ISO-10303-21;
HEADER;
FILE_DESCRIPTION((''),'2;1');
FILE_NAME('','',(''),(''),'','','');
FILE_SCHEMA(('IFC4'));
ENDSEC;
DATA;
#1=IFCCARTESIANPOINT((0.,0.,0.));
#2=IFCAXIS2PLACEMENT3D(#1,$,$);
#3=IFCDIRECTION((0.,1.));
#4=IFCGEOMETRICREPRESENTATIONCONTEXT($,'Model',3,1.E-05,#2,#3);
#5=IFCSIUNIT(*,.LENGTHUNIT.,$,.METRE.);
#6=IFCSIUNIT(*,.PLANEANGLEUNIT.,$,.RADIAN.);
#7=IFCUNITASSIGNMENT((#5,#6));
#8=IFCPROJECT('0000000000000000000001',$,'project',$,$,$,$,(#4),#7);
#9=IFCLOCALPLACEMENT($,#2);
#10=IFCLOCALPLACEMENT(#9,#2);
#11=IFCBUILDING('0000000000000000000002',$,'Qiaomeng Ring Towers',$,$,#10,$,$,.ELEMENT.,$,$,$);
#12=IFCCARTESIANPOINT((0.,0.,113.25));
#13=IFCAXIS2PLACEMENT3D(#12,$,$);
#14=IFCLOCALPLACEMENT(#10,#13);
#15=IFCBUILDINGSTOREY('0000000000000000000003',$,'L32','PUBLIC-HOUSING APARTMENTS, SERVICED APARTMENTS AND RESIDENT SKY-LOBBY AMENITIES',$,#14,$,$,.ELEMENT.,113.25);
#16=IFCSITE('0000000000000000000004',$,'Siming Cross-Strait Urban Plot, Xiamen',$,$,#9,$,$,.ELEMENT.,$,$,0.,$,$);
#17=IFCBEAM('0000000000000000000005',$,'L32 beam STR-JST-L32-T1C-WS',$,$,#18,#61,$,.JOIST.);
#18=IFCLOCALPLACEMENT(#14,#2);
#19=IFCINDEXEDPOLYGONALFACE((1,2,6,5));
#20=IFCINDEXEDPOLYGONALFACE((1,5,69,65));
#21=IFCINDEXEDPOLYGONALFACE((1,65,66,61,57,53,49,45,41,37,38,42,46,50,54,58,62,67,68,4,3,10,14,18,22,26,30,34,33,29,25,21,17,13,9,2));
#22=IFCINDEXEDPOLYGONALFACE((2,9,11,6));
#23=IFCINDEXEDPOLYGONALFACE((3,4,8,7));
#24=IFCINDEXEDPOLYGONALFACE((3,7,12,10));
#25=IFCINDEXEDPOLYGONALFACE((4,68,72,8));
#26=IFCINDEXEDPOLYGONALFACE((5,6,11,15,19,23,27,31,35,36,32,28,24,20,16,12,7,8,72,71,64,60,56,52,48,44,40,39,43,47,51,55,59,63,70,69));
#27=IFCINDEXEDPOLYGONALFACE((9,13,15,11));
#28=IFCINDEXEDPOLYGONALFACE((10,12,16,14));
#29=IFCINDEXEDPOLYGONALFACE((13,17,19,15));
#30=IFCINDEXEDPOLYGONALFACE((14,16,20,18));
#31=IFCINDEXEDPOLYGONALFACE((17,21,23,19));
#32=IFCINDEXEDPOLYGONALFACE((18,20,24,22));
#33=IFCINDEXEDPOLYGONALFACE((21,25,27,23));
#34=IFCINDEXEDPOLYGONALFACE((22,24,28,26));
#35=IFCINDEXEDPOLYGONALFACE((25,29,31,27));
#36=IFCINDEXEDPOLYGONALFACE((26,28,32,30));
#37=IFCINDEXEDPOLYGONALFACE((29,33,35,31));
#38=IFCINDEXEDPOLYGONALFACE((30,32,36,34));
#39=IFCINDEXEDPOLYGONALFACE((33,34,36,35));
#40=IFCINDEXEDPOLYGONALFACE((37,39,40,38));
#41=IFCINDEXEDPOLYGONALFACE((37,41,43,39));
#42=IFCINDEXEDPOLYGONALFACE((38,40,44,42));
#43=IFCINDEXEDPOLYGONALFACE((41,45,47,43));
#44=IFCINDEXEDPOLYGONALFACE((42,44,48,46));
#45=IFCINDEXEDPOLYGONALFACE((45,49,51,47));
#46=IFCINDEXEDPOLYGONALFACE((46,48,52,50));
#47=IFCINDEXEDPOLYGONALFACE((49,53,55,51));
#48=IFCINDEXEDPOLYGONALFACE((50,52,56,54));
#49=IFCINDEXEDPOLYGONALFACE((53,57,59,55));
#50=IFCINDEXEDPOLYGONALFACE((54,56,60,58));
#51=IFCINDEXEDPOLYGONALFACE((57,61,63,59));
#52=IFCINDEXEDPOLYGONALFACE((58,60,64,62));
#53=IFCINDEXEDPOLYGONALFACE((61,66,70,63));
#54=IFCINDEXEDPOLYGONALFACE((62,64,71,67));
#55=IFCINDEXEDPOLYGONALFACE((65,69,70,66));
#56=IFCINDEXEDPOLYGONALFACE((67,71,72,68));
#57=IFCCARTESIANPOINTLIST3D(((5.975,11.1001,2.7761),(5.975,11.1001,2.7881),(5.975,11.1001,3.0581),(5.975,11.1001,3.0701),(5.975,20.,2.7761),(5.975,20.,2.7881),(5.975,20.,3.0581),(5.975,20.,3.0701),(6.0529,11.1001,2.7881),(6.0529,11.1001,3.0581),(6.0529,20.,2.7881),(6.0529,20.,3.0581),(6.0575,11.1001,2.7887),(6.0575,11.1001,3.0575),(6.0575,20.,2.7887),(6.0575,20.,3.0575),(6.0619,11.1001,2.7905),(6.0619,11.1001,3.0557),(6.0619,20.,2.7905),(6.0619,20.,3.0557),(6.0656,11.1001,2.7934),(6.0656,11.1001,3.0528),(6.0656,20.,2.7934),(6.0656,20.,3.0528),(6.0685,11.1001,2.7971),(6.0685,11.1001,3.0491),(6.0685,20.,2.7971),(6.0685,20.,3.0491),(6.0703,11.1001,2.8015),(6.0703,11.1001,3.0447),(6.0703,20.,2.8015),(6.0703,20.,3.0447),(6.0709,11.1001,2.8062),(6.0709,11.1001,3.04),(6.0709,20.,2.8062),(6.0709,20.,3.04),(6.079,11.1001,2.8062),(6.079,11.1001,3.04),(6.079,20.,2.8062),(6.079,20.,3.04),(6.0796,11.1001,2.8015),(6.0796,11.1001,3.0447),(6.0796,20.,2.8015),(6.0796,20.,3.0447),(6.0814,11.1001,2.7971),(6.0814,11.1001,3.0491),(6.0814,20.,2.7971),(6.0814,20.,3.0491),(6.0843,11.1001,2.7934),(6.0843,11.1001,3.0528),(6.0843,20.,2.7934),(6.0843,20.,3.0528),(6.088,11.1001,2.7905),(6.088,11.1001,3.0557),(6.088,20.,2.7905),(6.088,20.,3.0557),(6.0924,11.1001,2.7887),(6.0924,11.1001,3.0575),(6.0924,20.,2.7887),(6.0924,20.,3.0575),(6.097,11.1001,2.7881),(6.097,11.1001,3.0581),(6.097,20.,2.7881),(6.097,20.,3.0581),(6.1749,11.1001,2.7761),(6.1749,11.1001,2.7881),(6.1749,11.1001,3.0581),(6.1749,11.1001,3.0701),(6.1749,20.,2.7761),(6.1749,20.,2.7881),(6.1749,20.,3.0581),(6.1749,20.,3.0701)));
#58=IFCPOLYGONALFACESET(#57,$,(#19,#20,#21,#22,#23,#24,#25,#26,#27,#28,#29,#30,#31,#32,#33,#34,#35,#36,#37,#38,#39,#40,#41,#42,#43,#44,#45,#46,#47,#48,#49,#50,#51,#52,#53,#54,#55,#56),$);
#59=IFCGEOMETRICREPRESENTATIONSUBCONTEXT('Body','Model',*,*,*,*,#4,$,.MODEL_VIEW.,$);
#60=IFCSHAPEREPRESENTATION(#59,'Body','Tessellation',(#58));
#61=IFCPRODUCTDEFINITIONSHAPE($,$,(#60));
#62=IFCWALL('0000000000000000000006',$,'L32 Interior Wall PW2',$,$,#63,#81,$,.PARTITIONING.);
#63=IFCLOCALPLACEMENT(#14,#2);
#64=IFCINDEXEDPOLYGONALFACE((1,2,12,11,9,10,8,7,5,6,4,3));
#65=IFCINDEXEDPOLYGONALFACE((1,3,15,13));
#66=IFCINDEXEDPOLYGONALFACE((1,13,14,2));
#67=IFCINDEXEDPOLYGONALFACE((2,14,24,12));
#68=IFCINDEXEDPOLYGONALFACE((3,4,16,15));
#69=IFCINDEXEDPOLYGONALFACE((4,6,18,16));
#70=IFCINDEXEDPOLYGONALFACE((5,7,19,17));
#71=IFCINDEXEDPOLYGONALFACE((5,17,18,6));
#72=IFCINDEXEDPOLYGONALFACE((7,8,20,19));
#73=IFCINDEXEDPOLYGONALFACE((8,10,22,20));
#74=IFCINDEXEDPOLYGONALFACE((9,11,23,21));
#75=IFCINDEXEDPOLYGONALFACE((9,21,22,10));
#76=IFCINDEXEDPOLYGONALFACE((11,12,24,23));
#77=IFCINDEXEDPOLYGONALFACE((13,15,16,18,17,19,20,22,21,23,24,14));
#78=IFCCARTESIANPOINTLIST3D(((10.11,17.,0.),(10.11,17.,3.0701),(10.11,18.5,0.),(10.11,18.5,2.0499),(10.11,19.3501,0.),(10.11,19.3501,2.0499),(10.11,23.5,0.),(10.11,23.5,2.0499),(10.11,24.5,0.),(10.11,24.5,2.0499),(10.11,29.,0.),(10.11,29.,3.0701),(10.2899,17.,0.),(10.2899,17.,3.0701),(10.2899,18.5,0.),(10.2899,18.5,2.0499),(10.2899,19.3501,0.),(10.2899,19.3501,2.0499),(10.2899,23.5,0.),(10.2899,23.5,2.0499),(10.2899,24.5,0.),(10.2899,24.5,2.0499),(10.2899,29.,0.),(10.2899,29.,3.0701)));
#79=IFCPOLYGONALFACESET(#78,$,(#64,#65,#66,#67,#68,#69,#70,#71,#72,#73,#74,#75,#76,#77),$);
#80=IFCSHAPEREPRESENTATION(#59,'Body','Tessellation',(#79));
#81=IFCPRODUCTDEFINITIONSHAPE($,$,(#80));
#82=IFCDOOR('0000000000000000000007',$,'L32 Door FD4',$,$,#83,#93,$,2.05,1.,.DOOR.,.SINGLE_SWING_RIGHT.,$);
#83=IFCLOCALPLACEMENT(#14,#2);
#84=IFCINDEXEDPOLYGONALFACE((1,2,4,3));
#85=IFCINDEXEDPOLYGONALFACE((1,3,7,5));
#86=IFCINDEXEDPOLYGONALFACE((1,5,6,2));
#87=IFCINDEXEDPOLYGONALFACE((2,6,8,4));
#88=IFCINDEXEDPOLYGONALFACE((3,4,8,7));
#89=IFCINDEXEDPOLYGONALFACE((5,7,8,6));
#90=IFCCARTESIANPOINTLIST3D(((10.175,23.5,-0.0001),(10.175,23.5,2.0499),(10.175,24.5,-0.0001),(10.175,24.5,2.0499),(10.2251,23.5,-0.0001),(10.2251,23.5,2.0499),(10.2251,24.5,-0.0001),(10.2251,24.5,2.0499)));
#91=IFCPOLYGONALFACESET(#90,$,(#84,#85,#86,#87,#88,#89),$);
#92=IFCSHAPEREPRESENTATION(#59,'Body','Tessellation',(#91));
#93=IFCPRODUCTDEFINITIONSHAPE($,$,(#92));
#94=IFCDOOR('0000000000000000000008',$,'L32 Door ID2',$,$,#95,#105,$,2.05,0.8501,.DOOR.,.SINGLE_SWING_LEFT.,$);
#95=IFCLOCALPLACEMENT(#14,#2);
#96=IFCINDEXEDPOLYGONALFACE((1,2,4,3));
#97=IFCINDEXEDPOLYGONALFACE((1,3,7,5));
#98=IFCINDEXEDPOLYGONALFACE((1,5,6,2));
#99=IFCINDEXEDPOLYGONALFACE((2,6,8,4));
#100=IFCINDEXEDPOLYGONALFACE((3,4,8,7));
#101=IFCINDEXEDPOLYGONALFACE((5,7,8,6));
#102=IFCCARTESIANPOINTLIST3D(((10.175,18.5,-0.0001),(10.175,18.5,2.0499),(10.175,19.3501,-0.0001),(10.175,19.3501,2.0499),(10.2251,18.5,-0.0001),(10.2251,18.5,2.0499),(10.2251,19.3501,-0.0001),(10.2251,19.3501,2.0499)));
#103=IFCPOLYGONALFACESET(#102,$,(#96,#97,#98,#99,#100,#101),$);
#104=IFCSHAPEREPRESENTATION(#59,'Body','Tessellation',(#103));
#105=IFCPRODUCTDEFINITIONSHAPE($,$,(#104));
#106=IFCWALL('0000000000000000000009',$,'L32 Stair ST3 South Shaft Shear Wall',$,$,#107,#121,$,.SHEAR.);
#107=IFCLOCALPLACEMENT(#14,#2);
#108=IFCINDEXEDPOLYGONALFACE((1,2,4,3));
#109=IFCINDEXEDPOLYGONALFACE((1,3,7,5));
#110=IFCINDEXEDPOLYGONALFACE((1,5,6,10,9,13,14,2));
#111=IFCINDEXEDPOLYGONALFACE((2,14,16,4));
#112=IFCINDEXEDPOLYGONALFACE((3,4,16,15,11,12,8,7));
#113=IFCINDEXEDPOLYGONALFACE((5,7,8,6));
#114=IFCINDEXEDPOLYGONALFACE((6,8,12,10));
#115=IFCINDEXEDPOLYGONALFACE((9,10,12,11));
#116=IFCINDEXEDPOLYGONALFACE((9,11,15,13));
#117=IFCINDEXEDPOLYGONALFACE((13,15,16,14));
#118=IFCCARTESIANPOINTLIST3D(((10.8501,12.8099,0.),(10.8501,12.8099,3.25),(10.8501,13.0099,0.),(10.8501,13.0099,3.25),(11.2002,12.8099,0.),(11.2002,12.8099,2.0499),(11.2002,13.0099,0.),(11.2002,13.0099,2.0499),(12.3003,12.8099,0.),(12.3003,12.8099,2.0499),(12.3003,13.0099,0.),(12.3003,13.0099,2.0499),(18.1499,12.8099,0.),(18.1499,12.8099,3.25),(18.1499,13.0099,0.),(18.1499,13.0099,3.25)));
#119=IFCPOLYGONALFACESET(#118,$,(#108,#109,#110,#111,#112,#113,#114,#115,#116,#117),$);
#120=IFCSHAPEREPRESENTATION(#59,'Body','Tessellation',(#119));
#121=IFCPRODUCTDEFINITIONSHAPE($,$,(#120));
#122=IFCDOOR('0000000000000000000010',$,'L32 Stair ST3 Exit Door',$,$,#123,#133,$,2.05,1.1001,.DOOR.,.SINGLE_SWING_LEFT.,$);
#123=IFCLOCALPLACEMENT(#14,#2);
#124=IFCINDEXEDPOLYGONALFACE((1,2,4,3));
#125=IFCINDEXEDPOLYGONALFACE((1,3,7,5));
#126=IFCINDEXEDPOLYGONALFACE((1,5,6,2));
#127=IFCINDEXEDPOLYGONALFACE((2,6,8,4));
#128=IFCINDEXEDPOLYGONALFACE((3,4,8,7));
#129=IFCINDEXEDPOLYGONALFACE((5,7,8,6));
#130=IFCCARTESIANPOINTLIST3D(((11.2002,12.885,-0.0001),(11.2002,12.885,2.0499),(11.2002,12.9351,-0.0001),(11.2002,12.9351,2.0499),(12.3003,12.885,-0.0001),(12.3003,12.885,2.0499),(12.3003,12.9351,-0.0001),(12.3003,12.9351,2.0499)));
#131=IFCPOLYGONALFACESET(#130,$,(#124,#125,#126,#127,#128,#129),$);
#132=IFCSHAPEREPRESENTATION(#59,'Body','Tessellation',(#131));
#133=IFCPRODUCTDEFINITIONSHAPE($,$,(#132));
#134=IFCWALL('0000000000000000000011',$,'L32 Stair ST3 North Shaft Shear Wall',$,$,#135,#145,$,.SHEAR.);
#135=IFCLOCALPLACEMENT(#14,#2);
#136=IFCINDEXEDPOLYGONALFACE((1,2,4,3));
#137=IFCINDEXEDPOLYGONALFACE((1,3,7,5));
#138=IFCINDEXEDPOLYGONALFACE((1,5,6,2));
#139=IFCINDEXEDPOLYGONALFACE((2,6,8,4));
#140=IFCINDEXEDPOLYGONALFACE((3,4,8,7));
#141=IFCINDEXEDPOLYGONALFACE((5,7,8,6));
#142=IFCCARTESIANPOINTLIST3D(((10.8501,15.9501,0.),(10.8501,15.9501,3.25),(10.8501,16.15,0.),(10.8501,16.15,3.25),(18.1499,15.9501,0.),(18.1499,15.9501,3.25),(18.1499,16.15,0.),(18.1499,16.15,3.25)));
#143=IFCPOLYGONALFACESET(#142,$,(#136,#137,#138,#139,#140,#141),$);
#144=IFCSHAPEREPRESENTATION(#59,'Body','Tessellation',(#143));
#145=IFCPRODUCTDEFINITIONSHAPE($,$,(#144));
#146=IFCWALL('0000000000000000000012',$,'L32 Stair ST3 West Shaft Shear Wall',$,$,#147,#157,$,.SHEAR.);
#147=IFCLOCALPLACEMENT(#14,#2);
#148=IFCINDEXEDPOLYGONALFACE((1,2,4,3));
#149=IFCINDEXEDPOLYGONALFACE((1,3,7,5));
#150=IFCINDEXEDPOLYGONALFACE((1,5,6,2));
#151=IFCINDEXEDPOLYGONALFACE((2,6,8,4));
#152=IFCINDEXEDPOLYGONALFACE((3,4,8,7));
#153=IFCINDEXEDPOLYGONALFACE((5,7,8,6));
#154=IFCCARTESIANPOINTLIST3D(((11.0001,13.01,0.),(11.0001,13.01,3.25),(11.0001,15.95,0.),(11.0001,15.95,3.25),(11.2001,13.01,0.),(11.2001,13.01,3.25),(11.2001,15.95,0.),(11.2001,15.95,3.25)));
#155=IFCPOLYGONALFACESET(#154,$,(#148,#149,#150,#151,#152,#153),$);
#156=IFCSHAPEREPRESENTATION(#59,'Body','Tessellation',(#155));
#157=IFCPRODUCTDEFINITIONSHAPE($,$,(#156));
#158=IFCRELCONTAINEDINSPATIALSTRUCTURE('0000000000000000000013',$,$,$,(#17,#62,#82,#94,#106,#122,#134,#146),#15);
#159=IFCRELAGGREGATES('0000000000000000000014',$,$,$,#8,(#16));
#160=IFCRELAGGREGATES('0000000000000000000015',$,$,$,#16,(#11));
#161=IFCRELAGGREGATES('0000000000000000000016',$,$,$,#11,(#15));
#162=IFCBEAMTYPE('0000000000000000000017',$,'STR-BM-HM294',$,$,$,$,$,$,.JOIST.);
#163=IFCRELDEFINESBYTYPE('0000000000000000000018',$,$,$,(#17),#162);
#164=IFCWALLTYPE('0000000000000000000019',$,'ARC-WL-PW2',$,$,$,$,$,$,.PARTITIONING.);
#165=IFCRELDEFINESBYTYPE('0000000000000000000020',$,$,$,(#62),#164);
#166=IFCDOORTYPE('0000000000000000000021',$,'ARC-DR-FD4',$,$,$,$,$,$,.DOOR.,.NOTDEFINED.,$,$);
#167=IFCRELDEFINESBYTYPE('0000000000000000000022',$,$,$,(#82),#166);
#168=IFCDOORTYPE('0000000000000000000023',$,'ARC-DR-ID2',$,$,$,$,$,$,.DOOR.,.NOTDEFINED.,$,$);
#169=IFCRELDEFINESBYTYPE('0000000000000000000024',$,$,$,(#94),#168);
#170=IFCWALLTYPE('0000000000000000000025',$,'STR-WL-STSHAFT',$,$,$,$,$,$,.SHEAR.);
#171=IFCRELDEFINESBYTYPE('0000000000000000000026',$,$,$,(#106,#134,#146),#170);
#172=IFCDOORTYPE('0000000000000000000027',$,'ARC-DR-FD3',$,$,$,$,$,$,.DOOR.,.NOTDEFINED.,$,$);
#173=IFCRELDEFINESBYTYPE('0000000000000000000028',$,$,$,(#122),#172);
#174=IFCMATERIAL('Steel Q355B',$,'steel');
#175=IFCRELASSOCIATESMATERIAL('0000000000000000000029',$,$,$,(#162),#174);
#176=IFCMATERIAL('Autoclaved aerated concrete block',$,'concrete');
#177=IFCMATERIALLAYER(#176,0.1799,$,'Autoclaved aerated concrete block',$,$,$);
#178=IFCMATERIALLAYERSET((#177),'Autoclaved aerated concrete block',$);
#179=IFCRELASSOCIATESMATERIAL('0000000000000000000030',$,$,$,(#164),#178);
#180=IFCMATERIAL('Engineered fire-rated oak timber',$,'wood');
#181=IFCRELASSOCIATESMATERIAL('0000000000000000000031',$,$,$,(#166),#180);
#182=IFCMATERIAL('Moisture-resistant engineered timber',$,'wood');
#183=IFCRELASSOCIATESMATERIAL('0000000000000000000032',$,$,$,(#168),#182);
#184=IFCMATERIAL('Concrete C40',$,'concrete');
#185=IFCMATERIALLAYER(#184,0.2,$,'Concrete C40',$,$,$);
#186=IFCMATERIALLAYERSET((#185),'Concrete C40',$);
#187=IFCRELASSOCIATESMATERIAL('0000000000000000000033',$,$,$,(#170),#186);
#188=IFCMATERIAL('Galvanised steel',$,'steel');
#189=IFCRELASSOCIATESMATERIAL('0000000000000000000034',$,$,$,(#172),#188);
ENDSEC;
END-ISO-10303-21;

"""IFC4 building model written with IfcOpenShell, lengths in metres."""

from ifc_helpers import new_model, si_unit, direction, frame, frame_2d, origin, origin_2d, place, context, subcontext, project, spatial, rectangle, i_section, extrude, source, transform, mapped, material, layer, layer_set, material_profile, profile_set, type_object, element, fill, save


model = new_model("IFC4")

# Units and contexts
model_context = context("Model", 3, precision=1e-05, world=origin(), true_north=direction((0.0, 1.0)))
body_context = subcontext(model_context, "Body", "Model", "MODEL_VIEW")
ifc_project = project(units=[si_unit("LENGTHUNIT", "METRE"), si_unit("PLANEANGLEUNIT", "RADIAN")], contexts=[model_context])

# Site, building, storey
site_placement = place(None, origin())
site = spatial("IfcSite", under=ifc_project, at=site_placement, Name="Siming Cross-Strait Urban Plot, Xiamen", CompositionType="ELEMENT", RefElevation=0.0)
building_placement = place(site_placement, origin())
building = spatial("IfcBuilding", under=site, at=building_placement, Name="Qiaomeng Ring Towers", CompositionType="ELEMENT")
storey_placement = place(building_placement, frame((0.0, 0.0, 113.25)))
storey = spatial("IfcBuildingStorey", under=building, at=storey_placement, Name="L32", Description="PUBLIC-HOUSING APARTMENTS, SERVICED APARTMENTS AND RESIDENT SKY-LOBBY AMENITIES", CompositionType="ELEMENT", Elevation=113.25)

# Beam
ifc_material_1 = material(Name="Steel Q355B", Category="steel")
ifc_material_profile_1 = material_profile(ifc_material_1, i_section(OverallWidth=0.2, OverallDepth=0.2939, WebThickness=0.0081, FlangeThickness=0.012, FilletRadius=0.0181, at=origin_2d()), Name="HM 294x200x8x12")
ifc_profile_set_1 = profile_set([ifc_material_profile_1], Name="Steel Q355B")
beam_type_1 = type_object("IfcBeamType", Name="STR-BM-HM294", PredefinedType="JOIST", material=ifc_profile_set_1)
shared_shape_1 = source(origin(), body_context, "Body", "SweptSolid", [
    extrude(i_section(OverallWidth=0.2, OverallDepth=0.2939, WebThickness=0.0081, FlangeThickness=0.012, FilletRadius=0.0181, at=origin_2d()), origin(), (0.0, 0.0, 1.0), 8.8999),
])
beam_1_placement = place(storey_placement, frame((6.075, 11.1001, 2.9231), z_axis=(0.0, 1.0, 0.0), x_axis=(-1.0, 0.0, 0.0)))
element("IfcBeam", 1, at=beam_1_placement, inside=storey, type_object=beam_type_1, Name="L32 beam STR-JST-L32-T1C-WS", PredefinedType="JOIST", context=body_context, shape_type="MappedRepresentation", body=[
    mapped(shared_shape_1, transform((0.0, 0.0, 0.0), x_axis=(1.0, 0.0, 0.0), y_axis=(0.0, 1.0, 0.0), z_axis=(0.0, 0.0, 1.0), scale=1.0)),
])

# Wall, openings, doors
ifc_material_2 = material(Name="Autoclaved aerated concrete block", Category="concrete")
ifc_layer_1 = layer(ifc_material_2, 0.1799, Name="Autoclaved aerated concrete block")
ifc_layer_set_1 = layer_set([ifc_layer_1], Name="Autoclaved aerated concrete block")
wall_type_1 = type_object("IfcWallType", Name="ARC-WL-PW2", PredefinedType="PARTITIONING", material=ifc_layer_set_1)
wall_1_placement = place(storey_placement, frame((10.2, 17.0, 0.0), z_axis=(0.0, 0.0, 1.0), x_axis=(0.0, 1.0, 0.0)))
wall_1 = element("IfcWall", 2, at=wall_1_placement, inside=storey, type_object=wall_type_1, Name="L32 Interior Wall PW2", PredefinedType="PARTITIONING", context=body_context, shape_type="SweptSolid", body=[
    extrude(rectangle(XDim=12.0, YDim=0.1799, at=frame_2d((6.0, 0.0))), origin(), (0.0, 0.0, 1.0), 3.0701),
])
opening_1_placement = place(wall_1_placement, frame((1.5, 0.0, 0.0)))
opening_1 = element("IfcOpeningElement", 3, at=opening_1_placement, cuts=wall_1, PredefinedType="OPENING", context=body_context, shape_type="SweptSolid", body=[
    extrude(rectangle(XDim=0.8501, YDim=2.05, at=frame_2d((0.425, 1.0249))), frame((0.0, 0.0999, 0.0), z_axis=(0.0, -1.0, 0.0), x_axis=(1.0, 0.0, 0.0)), (0.0, 0.0, 1.0), 0.2),
])
opening_2_placement = place(wall_1_placement, frame((6.5, 0.0, 0.0)))
opening_2 = element("IfcOpeningElement", 4, at=opening_2_placement, cuts=wall_1, PredefinedType="OPENING", context=body_context, shape_type="SweptSolid", body=[
    extrude(rectangle(XDim=1.0, YDim=2.05, at=frame_2d((0.5, 1.0249))), frame((0.0, 0.0999, 0.0), z_axis=(0.0, -1.0, 0.0), x_axis=(1.0, 0.0, 0.0)), (0.0, 0.0, 1.0), 0.2),
])
ifc_material_3 = material(Name="Engineered fire-rated oak timber", Category="wood")
door_type_1 = type_object("IfcDoorType", Name="ARC-DR-FD4", OperationType="NOTDEFINED", PredefinedType="DOOR", material=ifc_material_3)
shared_shape_2 = source(origin(), body_context, "Body", "SweptSolid", [
    extrude(rectangle(XDim=1.0, YDim=2.05, at=frame_2d((0.5, 1.0249))), frame((0.0, 0.0249, 0.0), z_axis=(0.0, -1.0, 0.0), x_axis=(1.0, 0.0, 0.0)), (0.0, 0.0, 1.0), 0.05),
])
door_1_placement = place(opening_2_placement, origin())
door_1 = element("IfcDoor", 5, at=door_1_placement, inside=storey, type_object=door_type_1, Name="L32 Door FD4", OperationType="SINGLE_SWING_RIGHT", OverallHeight=2.05, OverallWidth=1.0, PredefinedType="DOOR", context=body_context, shape_type="MappedRepresentation", body=[
    mapped(shared_shape_2, transform((0.0, 0.0, 0.0), x_axis=(1.0, 0.0, 0.0), y_axis=(0.0, 1.0, 0.0), z_axis=(0.0, 0.0, 1.0), scale=1.0)),
])
fill(opening_2, door_1)
ifc_material_4 = material(Name="Moisture-resistant engineered timber", Category="wood")
door_type_2 = type_object("IfcDoorType", Name="ARC-DR-ID2", OperationType="NOTDEFINED", PredefinedType="DOOR", material=ifc_material_4)
shared_shape_3 = source(origin(), body_context, "Body", "SweptSolid", [
    extrude(rectangle(XDim=0.8501, YDim=2.05, at=frame_2d((0.425, 1.0249))), frame((0.0, 0.0249, 0.0), z_axis=(0.0, -1.0, 0.0), x_axis=(1.0, 0.0, 0.0)), (0.0, 0.0, 1.0), 0.05),
])
door_2_placement = place(opening_1_placement, origin())
door_2 = element("IfcDoor", 6, at=door_2_placement, inside=storey, type_object=door_type_2, Name="L32 Door ID2", OperationType="SINGLE_SWING_LEFT", OverallHeight=2.05, OverallWidth=0.8501, PredefinedType="DOOR", context=body_context, shape_type="MappedRepresentation", body=[
    mapped(shared_shape_3, transform((0.0, 0.0, 0.0), x_axis=(1.0, 0.0, 0.0), y_axis=(0.0, 1.0, 0.0), z_axis=(0.0, 0.0, 1.0), scale=1.0)),
])
fill(opening_1, door_2)

# Wall, opening, door
ifc_material_5 = material(Name="Concrete C40", Category="concrete")
ifc_layer_2 = layer(ifc_material_5, 0.2, Name="Concrete C40")
ifc_layer_set_2 = layer_set([ifc_layer_2], Name="Concrete C40")
wall_type_2 = type_object("IfcWallType", Name="STR-WL-STSHAFT", PredefinedType="SHEAR", material=ifc_layer_set_2)
wall_2_placement = place(storey_placement, frame((10.8501, 12.9099, 0.0), z_axis=(0.0, 0.0, 1.0), x_axis=(1.0, 0.0, 0.0)))
wall_2 = element("IfcWall", 7, at=wall_2_placement, inside=storey, type_object=wall_type_2, Name="L32 Stair ST3 South Shaft Shear Wall", PredefinedType="SHEAR", context=body_context, shape_type="SweptSolid", body=[
    extrude(rectangle(XDim=7.2998, YDim=0.2, at=frame_2d((3.6499, 0.0))), origin(), (0.0, 0.0, 1.0), 3.25),
])
opening_3_placement = place(wall_2_placement, frame((0.3501, 0.0, 0.0)))
opening_3 = element("IfcOpeningElement", 8, at=opening_3_placement, cuts=wall_2, PredefinedType="OPENING", context=body_context, shape_type="SweptSolid", body=[
    extrude(rectangle(XDim=1.1001, YDim=2.05, at=frame_2d((0.55, 1.0249))), frame((0.0, 0.1099, 0.0), z_axis=(0.0, -1.0, 0.0), x_axis=(1.0, 0.0, 0.0)), (0.0, 0.0, 1.0), 0.22),
])
ifc_material_6 = material(Name="Galvanised steel", Category="steel")
door_type_3 = type_object("IfcDoorType", Name="ARC-DR-FD3", OperationType="NOTDEFINED", PredefinedType="DOOR", material=ifc_material_6)
shared_shape_4 = source(origin(), body_context, "Body", "SweptSolid", [
    extrude(rectangle(XDim=1.1001, YDim=2.05, at=frame_2d((0.55, 1.0249))), frame((0.0, 0.0249, 0.0), z_axis=(0.0, -1.0, 0.0), x_axis=(1.0, 0.0, 0.0)), (0.0, 0.0, 1.0), 0.05),
])
door_3_placement = place(opening_3_placement, frame((1.1001, 0.0, 0.0), z_axis=(0.0, 0.0, 1.0), x_axis=(-1.0, 0.0, 0.0)))
door_3 = element("IfcDoor", 9, at=door_3_placement, inside=storey, type_object=door_type_3, Name="L32 Stair ST3 Exit Door", OperationType="SINGLE_SWING_LEFT", OverallHeight=2.05, OverallWidth=1.1001, PredefinedType="DOOR", context=body_context, shape_type="MappedRepresentation", body=[
    mapped(shared_shape_4, transform((0.0, 0.0, 0.0), x_axis=(1.0, 0.0, 0.0), y_axis=(0.0, 1.0, 0.0), z_axis=(0.0, 0.0, 1.0), scale=1.0)),
])
fill(opening_3, door_3)

# Walls
wall_3_placement = place(storey_placement, frame((10.8501, 16.05, 0.0), z_axis=(0.0, 0.0, 1.0), x_axis=(1.0, 0.0, 0.0)))
element("IfcWall", 10, at=wall_3_placement, inside=storey, type_object=wall_type_2, Name="L32 Stair ST3 North Shaft Shear Wall", PredefinedType="SHEAR", context=body_context, shape_type="SweptSolid", body=[
    extrude(rectangle(XDim=7.2998, YDim=0.2, at=frame_2d((3.6499, 0.0))), origin(), (0.0, 0.0, 1.0), 3.25),
])
wall_4_placement = place(storey_placement, frame((11.1001, 13.01, 0.0), z_axis=(0.0, 0.0, 1.0), x_axis=(0.0, 1.0, 0.0)))
element("IfcWall", 11, at=wall_4_placement, inside=storey, type_object=wall_type_2, Name="L32 Stair ST3 West Shaft Shear Wall", PredefinedType="SHEAR", context=body_context, shape_type="SweptSolid", body=[
    extrude(rectangle(XDim=2.9399, YDim=0.2, at=frame_2d((1.47, 0.0))), origin(), (0.0, 0.0, 1.0), 3.25),
])

save(model, "model.ifc")
